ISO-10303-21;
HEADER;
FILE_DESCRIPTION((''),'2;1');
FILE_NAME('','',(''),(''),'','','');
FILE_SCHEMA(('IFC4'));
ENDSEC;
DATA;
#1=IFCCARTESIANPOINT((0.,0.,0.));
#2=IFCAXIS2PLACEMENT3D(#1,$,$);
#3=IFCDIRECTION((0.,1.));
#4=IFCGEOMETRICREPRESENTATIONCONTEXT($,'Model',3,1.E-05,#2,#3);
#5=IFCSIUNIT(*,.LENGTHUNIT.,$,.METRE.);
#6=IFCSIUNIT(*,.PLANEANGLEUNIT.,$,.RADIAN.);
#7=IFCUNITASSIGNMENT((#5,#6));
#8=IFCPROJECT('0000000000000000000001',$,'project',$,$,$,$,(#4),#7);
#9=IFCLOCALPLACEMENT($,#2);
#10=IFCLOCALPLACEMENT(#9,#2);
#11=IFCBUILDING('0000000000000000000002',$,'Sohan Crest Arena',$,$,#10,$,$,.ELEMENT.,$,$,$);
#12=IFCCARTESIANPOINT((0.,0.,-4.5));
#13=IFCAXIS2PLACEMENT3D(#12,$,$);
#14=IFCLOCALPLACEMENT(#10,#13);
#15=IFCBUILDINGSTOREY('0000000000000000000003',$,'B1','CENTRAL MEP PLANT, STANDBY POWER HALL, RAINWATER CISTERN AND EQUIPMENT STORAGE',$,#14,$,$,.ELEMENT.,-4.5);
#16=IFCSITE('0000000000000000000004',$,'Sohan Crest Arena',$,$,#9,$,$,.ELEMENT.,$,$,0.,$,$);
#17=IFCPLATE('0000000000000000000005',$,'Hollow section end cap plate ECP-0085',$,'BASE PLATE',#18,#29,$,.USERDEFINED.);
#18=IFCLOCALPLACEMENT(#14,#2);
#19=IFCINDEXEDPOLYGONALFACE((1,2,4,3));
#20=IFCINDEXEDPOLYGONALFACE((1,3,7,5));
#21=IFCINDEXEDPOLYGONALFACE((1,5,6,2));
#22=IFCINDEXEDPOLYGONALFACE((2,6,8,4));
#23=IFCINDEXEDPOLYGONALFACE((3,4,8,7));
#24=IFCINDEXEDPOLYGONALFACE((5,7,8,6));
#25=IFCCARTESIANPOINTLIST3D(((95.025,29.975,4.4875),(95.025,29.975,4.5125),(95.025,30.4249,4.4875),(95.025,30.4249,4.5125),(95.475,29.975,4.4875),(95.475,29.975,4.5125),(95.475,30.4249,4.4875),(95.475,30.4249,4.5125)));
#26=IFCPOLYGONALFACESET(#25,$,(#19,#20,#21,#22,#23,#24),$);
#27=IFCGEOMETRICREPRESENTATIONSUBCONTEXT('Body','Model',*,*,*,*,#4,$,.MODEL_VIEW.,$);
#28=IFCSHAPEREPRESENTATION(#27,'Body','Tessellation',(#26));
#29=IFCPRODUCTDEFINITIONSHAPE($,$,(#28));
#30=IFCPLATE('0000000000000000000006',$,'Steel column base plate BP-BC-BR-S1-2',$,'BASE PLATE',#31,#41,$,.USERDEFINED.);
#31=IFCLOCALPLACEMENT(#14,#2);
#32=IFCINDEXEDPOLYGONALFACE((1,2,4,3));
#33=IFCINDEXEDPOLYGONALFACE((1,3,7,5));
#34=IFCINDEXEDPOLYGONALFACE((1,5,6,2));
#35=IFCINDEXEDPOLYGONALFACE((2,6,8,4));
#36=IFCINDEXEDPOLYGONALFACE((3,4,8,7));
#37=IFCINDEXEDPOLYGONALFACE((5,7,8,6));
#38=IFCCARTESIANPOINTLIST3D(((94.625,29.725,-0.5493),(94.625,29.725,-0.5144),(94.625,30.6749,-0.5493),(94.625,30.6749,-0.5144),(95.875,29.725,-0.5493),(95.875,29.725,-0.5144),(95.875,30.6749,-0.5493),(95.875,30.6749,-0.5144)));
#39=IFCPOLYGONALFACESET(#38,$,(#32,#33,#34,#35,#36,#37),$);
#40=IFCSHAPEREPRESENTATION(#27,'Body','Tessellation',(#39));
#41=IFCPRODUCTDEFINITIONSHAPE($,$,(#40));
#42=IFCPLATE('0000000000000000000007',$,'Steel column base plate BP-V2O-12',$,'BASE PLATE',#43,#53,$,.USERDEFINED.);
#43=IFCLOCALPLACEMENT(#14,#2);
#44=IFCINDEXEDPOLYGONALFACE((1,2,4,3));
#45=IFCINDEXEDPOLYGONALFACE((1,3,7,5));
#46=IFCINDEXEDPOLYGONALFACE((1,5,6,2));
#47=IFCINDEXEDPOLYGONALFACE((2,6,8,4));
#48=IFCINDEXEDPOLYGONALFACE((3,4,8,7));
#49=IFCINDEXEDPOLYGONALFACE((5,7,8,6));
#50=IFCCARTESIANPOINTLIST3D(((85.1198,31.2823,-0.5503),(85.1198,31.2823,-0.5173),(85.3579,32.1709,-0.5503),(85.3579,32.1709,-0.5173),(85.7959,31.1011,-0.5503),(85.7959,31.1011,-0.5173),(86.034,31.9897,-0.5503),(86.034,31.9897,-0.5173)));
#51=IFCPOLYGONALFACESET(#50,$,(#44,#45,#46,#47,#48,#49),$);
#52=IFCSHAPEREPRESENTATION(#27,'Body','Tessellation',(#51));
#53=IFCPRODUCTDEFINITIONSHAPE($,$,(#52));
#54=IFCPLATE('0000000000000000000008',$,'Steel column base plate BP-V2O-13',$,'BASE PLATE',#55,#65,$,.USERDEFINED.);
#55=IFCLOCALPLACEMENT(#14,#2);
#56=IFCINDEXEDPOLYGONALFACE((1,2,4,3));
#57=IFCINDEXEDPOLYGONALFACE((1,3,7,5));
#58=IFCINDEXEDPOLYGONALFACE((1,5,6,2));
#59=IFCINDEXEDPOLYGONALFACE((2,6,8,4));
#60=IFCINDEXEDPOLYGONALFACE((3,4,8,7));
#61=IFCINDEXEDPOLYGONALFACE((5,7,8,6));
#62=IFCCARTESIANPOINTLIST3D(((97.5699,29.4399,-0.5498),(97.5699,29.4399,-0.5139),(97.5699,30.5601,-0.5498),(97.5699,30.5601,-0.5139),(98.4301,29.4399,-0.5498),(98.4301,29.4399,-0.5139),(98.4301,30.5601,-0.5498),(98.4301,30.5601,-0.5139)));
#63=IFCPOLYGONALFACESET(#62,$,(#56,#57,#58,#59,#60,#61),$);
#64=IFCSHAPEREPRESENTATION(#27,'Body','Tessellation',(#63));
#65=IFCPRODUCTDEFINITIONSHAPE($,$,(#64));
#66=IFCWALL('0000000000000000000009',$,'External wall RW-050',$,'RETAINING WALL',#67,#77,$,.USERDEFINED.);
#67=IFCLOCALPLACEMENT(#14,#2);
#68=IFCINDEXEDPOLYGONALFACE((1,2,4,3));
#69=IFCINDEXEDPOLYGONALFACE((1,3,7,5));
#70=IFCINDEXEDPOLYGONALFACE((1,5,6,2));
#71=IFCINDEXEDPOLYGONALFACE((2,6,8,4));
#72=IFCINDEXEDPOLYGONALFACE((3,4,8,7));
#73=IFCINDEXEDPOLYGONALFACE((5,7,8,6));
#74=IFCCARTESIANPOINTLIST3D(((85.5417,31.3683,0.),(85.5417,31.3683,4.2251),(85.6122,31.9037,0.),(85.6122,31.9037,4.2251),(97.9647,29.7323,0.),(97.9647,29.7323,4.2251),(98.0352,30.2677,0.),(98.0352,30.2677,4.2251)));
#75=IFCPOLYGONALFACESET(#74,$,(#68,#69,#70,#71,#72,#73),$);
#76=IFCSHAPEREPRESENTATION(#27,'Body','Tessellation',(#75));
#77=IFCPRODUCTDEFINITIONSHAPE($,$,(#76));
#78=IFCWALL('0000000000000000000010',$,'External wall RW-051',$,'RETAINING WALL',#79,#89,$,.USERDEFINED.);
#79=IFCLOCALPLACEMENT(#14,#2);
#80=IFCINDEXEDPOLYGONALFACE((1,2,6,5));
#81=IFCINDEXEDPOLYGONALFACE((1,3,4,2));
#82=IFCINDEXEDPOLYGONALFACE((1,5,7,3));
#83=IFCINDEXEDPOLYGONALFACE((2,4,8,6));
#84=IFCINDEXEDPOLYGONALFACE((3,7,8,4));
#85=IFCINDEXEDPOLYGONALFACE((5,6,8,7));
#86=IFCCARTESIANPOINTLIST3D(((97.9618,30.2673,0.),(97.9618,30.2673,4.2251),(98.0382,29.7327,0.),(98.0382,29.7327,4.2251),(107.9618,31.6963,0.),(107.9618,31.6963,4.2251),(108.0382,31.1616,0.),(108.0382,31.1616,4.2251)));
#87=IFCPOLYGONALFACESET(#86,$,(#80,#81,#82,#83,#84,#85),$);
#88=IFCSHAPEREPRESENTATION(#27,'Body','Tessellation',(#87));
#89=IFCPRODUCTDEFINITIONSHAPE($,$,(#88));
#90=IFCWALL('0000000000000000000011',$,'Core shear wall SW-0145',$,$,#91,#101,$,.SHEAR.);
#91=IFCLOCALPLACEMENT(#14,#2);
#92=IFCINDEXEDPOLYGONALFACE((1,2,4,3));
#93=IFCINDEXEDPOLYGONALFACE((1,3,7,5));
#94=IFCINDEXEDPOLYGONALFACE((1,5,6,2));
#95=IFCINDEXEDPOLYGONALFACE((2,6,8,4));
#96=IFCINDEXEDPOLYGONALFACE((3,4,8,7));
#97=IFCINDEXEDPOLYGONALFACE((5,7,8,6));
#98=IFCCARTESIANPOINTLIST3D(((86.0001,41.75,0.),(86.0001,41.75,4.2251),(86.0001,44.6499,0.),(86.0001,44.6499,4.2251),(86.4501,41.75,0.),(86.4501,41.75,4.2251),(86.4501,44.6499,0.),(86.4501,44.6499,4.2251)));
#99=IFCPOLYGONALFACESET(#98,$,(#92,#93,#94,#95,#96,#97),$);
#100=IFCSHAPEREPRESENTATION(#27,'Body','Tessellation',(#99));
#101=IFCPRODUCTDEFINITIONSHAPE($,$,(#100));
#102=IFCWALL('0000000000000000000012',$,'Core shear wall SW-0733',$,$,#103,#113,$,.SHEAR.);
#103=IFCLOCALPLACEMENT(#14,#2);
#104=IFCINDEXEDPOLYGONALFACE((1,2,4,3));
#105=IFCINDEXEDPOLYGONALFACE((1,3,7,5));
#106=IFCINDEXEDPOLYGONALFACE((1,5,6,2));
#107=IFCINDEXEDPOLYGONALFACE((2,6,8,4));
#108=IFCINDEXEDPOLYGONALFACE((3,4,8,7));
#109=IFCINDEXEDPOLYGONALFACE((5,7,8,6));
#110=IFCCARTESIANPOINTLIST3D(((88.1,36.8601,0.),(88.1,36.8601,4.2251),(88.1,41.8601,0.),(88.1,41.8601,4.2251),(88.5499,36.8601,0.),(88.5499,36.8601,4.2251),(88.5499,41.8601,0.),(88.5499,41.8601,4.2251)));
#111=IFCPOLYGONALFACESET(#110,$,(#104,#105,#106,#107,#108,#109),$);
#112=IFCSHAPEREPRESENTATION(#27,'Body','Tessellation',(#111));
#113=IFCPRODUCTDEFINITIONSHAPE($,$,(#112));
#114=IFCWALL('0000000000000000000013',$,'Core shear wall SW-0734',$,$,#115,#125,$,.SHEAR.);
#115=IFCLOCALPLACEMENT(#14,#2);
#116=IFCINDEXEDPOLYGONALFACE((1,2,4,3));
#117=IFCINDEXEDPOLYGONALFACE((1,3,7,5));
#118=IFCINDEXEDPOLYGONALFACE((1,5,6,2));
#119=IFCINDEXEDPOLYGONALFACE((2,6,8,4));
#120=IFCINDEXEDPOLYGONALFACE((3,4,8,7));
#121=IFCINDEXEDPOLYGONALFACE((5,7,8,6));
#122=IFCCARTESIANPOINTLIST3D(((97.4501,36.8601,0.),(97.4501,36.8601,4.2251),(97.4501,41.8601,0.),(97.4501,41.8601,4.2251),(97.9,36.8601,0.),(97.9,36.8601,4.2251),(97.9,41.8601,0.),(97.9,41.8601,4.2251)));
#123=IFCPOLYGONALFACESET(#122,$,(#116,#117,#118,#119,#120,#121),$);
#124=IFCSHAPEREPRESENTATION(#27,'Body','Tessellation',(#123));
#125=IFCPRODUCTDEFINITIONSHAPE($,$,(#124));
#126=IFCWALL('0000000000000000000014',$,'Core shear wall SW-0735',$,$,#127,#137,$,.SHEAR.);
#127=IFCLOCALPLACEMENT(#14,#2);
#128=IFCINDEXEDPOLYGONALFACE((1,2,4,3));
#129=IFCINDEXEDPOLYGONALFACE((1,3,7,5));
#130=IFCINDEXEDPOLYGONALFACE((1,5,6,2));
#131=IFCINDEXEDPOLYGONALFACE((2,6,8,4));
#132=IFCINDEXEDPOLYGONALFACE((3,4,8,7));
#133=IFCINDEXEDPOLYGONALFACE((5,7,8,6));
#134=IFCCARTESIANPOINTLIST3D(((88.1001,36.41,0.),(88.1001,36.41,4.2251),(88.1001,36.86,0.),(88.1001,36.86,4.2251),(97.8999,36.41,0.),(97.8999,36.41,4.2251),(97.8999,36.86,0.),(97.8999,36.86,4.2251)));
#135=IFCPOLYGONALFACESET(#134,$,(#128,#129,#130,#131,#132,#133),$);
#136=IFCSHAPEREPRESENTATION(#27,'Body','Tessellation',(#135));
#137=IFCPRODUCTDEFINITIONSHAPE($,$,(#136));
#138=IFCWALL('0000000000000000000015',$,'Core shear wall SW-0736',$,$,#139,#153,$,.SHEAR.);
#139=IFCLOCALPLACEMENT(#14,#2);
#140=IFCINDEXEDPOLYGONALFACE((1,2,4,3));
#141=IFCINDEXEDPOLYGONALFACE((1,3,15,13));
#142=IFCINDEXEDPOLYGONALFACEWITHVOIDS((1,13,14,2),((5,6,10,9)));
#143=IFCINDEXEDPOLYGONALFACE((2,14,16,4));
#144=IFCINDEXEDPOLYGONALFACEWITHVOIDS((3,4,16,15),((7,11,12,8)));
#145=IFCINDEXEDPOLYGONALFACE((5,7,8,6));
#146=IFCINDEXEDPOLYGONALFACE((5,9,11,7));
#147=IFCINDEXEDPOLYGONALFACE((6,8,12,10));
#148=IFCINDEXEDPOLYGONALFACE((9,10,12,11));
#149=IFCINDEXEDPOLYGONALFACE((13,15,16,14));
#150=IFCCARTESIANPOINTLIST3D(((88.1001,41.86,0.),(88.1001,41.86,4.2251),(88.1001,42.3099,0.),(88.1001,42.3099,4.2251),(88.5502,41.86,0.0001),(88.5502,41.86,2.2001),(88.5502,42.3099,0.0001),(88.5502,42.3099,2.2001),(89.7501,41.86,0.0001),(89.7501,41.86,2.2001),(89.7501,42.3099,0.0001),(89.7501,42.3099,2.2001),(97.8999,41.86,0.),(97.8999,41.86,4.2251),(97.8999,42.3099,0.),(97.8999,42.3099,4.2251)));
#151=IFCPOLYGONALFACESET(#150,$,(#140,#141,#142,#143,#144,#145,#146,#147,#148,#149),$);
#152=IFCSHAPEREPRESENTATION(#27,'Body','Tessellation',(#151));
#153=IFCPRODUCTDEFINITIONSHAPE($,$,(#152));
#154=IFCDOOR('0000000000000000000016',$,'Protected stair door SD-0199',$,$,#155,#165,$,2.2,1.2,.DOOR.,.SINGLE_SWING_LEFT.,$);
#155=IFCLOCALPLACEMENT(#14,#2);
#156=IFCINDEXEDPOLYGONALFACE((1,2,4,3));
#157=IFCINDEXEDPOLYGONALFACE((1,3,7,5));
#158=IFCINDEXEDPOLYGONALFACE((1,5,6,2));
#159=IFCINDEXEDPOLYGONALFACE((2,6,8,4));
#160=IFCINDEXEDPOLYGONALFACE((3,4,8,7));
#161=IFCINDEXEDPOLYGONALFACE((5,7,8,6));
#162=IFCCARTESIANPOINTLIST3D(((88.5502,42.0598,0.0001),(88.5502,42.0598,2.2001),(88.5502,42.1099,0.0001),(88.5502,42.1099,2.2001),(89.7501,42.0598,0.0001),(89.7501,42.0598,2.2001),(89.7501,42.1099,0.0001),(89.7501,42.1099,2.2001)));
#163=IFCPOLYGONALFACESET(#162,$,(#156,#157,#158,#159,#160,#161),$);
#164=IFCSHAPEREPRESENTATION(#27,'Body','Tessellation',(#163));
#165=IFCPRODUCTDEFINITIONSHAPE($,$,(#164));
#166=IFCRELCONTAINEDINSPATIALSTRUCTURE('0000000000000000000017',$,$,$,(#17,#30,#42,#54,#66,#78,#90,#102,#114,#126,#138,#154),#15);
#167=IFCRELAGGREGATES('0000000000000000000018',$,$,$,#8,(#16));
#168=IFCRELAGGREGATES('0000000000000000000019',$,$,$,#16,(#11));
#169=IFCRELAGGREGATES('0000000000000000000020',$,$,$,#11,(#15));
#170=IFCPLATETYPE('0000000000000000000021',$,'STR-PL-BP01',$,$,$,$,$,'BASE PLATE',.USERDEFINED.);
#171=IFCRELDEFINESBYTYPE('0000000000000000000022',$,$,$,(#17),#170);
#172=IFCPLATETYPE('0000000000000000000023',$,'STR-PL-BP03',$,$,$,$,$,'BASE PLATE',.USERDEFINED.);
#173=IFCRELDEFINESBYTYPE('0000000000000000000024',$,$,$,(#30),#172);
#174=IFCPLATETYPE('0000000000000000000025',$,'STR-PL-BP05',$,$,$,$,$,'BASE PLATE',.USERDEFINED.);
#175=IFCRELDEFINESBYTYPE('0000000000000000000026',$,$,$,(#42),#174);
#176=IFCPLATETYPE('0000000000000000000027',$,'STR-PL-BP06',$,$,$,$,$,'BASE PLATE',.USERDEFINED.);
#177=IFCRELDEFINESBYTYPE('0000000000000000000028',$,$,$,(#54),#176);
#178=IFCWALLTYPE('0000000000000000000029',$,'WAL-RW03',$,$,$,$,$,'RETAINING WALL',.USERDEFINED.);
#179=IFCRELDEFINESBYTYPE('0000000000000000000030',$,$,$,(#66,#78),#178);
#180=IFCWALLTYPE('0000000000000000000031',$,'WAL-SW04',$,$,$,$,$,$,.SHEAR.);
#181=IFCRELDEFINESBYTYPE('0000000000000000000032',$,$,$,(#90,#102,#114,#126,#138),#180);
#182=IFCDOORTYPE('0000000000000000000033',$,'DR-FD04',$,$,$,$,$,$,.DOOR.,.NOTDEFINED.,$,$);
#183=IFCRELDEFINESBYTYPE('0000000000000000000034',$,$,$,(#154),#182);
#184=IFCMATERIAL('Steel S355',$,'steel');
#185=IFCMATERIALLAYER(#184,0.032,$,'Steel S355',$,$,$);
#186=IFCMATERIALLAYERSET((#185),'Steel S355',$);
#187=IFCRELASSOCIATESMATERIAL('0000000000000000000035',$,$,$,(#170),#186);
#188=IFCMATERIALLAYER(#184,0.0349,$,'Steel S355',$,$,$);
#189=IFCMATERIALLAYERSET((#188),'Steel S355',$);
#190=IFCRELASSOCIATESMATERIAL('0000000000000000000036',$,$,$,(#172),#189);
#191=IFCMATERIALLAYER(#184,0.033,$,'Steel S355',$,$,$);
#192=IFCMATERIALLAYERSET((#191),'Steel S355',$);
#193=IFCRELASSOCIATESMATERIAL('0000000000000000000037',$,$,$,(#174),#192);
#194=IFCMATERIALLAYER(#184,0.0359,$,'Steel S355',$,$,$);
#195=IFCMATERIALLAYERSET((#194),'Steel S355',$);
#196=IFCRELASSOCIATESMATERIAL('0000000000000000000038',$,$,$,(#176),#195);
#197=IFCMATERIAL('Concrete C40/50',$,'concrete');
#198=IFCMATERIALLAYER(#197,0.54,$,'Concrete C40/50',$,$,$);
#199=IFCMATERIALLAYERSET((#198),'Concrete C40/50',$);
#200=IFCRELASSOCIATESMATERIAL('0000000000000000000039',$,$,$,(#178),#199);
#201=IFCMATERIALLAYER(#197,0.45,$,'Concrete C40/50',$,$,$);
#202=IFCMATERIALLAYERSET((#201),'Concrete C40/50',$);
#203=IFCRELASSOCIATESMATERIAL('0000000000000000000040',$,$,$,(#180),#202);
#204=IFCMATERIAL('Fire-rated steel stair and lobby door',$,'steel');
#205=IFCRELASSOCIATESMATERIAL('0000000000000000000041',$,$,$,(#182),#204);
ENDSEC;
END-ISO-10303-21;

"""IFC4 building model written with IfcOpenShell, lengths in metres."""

from ifc_helpers import new_model, si_unit, direction, frame, frame_2d, origin, origin_2d, place, context, subcontext, project, spatial, rectangle, extrude, material, layer, layer_set, type_object, element, fill, save


model = new_model("IFC4")

# Units and contexts
model_context = context("Model", 3, precision=1e-05, world=origin(), true_north=direction((0.0, 1.0)))
body_context = subcontext(model_context, "Body", "Model", "MODEL_VIEW")
ifc_project = project(units=[si_unit("LENGTHUNIT", "METRE"), si_unit("PLANEANGLEUNIT", "RADIAN")], contexts=[model_context])

# Site, building, storey
site_placement = place(None, origin())
site = spatial("IfcSite", under=ifc_project, at=site_placement, Name="Sohan Crest Arena", CompositionType="ELEMENT", RefElevation=0.0)
building_placement = place(site_placement, origin())
building = spatial("IfcBuilding", under=site, at=building_placement, Name="Sohan Crest Arena", CompositionType="ELEMENT")
storey_placement = place(building_placement, frame((0.0, 0.0, -4.5)))
storey = spatial("IfcBuildingStorey", under=building, at=storey_placement, Name="B1", Description="CENTRAL MEP PLANT, STANDBY POWER HALL, RAINWATER CISTERN AND EQUIPMENT STORAGE", CompositionType="ELEMENT", Elevation=-4.5)

# Shared definitions
ifc_material_1 = material(Name="Concrete C40/50", Category="concrete")

# Shared definitions
ifc_material_2 = material(Name="Steel S355", Category="steel")

# Plates
ifc_layer_1 = layer(ifc_material_2, 0.032, Name="Steel S355")
ifc_layer_set_1 = layer_set([ifc_layer_1], Name="Steel S355")
plate_type_1 = type_object("IfcPlateType", Name="STR-PL-BP01", ElementType="BASE PLATE", PredefinedType="USERDEFINED", material=ifc_layer_set_1)
plate_1_placement = place(storey_placement, frame((95.25, 30.2, 4.4875), z_axis=(0.0, 0.0, 1.0), x_axis=(1.0, 0.0, 0.0)))
element("IfcPlate", 1, at=plate_1_placement, inside=storey, type_object=plate_type_1, Name="Hollow section end cap plate ECP-0085", ObjectType="BASE PLATE", PredefinedType="USERDEFINED", context=body_context, shape_type="SweptSolid", body=[
    extrude(rectangle(XDim=0.45, YDim=0.45, at=origin_2d()), origin(), (0.0, 0.0, 1.0), 0.0249),
])
ifc_layer_2 = layer(ifc_material_2, 0.0349, Name="Steel S355")
ifc_layer_set_2 = layer_set([ifc_layer_2], Name="Steel S355")
plate_type_2 = type_object("IfcPlateType", Name="STR-PL-BP03", ElementType="BASE PLATE", PredefinedType="USERDEFINED", material=ifc_layer_set_2)
plate_2_placement = place(storey_placement, frame((95.25, 30.2, -0.5493), z_axis=(0.0, 0.0, 1.0), x_axis=(1.0, 0.0, 0.0)))
element("IfcPlate", 2, at=plate_2_placement, inside=storey, type_object=plate_type_2, Name="Steel column base plate BP-BC-BR-S1-2", ObjectType="BASE PLATE", PredefinedType="USERDEFINED", context=body_context, shape_type="SweptSolid", body=[
    extrude(rectangle(XDim=1.25, YDim=0.95, at=origin_2d()), origin(), (0.0, 0.0, 1.0), 0.0349),
])
ifc_layer_3 = layer(ifc_material_2, 0.033, Name="Steel S355")
ifc_layer_set_3 = layer_set([ifc_layer_3], Name="Steel S355")
plate_type_3 = type_object("IfcPlateType", Name="STR-PL-BP05", ElementType="BASE PLATE", PredefinedType="USERDEFINED", material=ifc_layer_set_3)
plate_3_placement = place(storey_placement, frame((85.5769, 31.636, -0.5503), z_axis=(0.0, 0.0, 1.0), x_axis=(0.258819, 0.965926, 0.0)))
element("IfcPlate", 3, at=plate_3_placement, inside=storey, type_object=plate_type_3, Name="Steel column base plate BP-V2O-12", ObjectType="BASE PLATE", PredefinedType="USERDEFINED", context=body_context, shape_type="SweptSolid", body=[
    extrude(rectangle(XDim=0.9199, YDim=0.7, at=origin_2d()), origin(), (0.0, 0.0, 1.0), 0.033),
])
ifc_layer_4 = layer(ifc_material_2, 0.0359, Name="Steel S355")
ifc_layer_set_4 = layer_set([ifc_layer_4], Name="Steel S355")
plate_type_4 = type_object("IfcPlateType", Name="STR-PL-BP06", ElementType="BASE PLATE", PredefinedType="USERDEFINED", material=ifc_layer_set_4)
plate_4_placement = place(storey_placement, frame((98.0, 30.0, -0.5498), z_axis=(0.0, 0.0, 1.0), x_axis=(0.0, 1.0, 0.0)))
element("IfcPlate", 4, at=plate_4_placement, inside=storey, type_object=plate_type_4, Name="Steel column base plate BP-V2O-13", ObjectType="BASE PLATE", PredefinedType="USERDEFINED", context=body_context, shape_type="SweptSolid", body=[
    extrude(rectangle(XDim=1.1201, YDim=0.8601, at=origin_2d()), origin(), (0.0, 0.0, 1.0), 0.0359),
])

# Walls
ifc_layer_5 = layer(ifc_material_1, 0.54, Name="Concrete C40/50")
ifc_layer_set_5 = layer_set([ifc_layer_5], Name="Concrete C40/50")
wall_type_1 = type_object("IfcWallType", Name="WAL-RW03", ElementType="RETAINING WALL", PredefinedType="USERDEFINED", material=ifc_layer_set_5)
wall_1_placement = place(storey_placement, frame((85.5769, 31.636, 0.0), z_axis=(0.0, 0.0, 1.0), x_axis=(0.99144, -0.130562, 0.0)))
element("IfcWall", 5, at=wall_1_placement, inside=storey, type_object=wall_type_1, Name="External wall RW-050", ObjectType="RETAINING WALL", PredefinedType="USERDEFINED", context=body_context, shape_type="SweptSolid", body=[
    extrude(rectangle(XDim=12.5303, YDim=0.54, at=frame_2d((6.2651, 0.0))), origin(), (0.0, 0.0, 1.0), 4.2251),
])
wall_2_placement = place(storey_placement, frame((98.0, 30.0, 0.0), z_axis=(0.0, 0.0, 1.0), x_axis=(0.989944, 0.141459, 0.0)))
element("IfcWall", 6, at=wall_2_placement, inside=storey, type_object=wall_type_1, Name="External wall RW-051", ObjectType="RETAINING WALL", PredefinedType="USERDEFINED", context=body_context, shape_type="SweptSolid", body=[
    extrude(rectangle(XDim=10.1016, YDim=0.54, at=frame_2d((5.0508, 0.0))), origin(), (0.0, 0.0, 1.0), 4.2251),
])
ifc_layer_6 = layer(ifc_material_1, 0.45, Name="Concrete C40/50")
ifc_layer_set_6 = layer_set([ifc_layer_6], Name="Concrete C40/50")
wall_type_2 = type_object("IfcWallType", Name="WAL-SW04", PredefinedType="SHEAR", material=ifc_layer_set_6)
wall_3_placement = place(storey_placement, frame((86.2251, 41.75, 0.0), z_axis=(0.0, 0.0, 1.0), x_axis=(0.0, 1.0, 0.0)))
element("IfcWall", 7, at=wall_3_placement, inside=storey, type_object=wall_type_2, Name="Core shear wall SW-0145", PredefinedType="SHEAR", context=body_context, shape_type="SweptSolid", body=[
    extrude(rectangle(XDim=2.8999, YDim=0.45, at=frame_2d((1.45, 0.0))), origin(), (0.0, 0.0, 1.0), 4.2251),
])
for number, where, z_axis, x_axis, name in (
    (8, (88.325, 36.8601, 0.0), (0.0, 0.0, 1.0), (0.0, 1.0, 0.0), "Core shear wall SW-0733"),
    (9, (97.675, 36.8601, 0.0), (0.0, 0.0, 1.0), (0.0, 1.0, 0.0), "Core shear wall SW-0734"),
):
    element("IfcWall", number, at=place(storey_placement, frame(where, z_axis=z_axis, x_axis=x_axis)), inside=storey, type_object=wall_type_2, Name=name, PredefinedType="SHEAR", context=body_context, shape_type="SweptSolid", body=[
        extrude(rectangle(XDim=5.0, YDim=0.45, at=frame_2d((2.5, 0.0))), origin(), (0.0, 0.0, 1.0), 4.2251),
    ])
wall_4_placement = place(storey_placement, frame((88.1001, 36.635, 0.0), z_axis=(0.0, 0.0, 1.0), x_axis=(1.0, 0.0, 0.0)))
element("IfcWall", 10, at=wall_4_placement, inside=storey, type_object=wall_type_2, Name="Core shear wall SW-0735", PredefinedType="SHEAR", context=body_context, shape_type="SweptSolid", body=[
    extrude(rectangle(XDim=9.7998, YDim=0.45, at=frame_2d((4.8999, 0.0))), origin(), (0.0, 0.0, 1.0), 4.2251),
])

# Wall, opening, door
wall_5_placement = place(storey_placement, frame((88.1001, 42.085, 0.0), z_axis=(0.0, 0.0, 1.0), x_axis=(1.0, 0.0, 0.0)))
wall_5 = element("IfcWall", 11, at=wall_5_placement, inside=storey, type_object=wall_type_2, Name="Core shear wall SW-0736", PredefinedType="SHEAR", context=body_context, shape_type="SweptSolid", body=[
    extrude(rectangle(XDim=9.7998, YDim=0.45, at=frame_2d((4.8999, 0.0))), origin(), (0.0, 0.0, 1.0), 4.2251),
])
opening_placement = place(wall_5_placement, frame((0.45, 0.0, 0.0)))
opening = element("IfcOpeningElement", 12, at=opening_placement, cuts=wall_5, PredefinedType="OPENING", context=body_context, shape_type="SweptSolid", body=[
    extrude(rectangle(XDim=1.2, YDim=2.2, at=frame_2d((0.6001, 1.1001))), frame((0.0, 0.2349, 0.0), z_axis=(0.0, -1.0, 0.0), x_axis=(1.0, 0.0, 0.0)), (0.0, 0.0, 1.0), 0.47),
])
ifc_material_3 = material(Name="Fire-rated steel stair and lobby door", Category="steel")
door_type = type_object("IfcDoorType", Name="DR-FD04", OperationType="NOTDEFINED", PredefinedType="DOOR", material=ifc_material_3)
door_placement = place(opening_placement, origin())
door = element("IfcDoor", 13, at=door_placement, inside=storey, type_object=door_type, Name="Protected stair door SD-0199", OperationType="SINGLE_SWING_LEFT", OverallHeight=2.2, OverallWidth=1.2, PredefinedType="DOOR", context=body_context, shape_type="SweptSolid", body=[
    extrude(rectangle(XDim=1.2, YDim=2.2, at=frame_2d((0.6001, 1.1001))), frame((0.0, 0.0249, 0.0), z_axis=(0.0, -1.0, 0.0), x_axis=(1.0, 0.0, 0.0)), (0.0, 0.0, 1.0), 0.05),
])
fill(opening, door)

save(model, "model.ifc")
